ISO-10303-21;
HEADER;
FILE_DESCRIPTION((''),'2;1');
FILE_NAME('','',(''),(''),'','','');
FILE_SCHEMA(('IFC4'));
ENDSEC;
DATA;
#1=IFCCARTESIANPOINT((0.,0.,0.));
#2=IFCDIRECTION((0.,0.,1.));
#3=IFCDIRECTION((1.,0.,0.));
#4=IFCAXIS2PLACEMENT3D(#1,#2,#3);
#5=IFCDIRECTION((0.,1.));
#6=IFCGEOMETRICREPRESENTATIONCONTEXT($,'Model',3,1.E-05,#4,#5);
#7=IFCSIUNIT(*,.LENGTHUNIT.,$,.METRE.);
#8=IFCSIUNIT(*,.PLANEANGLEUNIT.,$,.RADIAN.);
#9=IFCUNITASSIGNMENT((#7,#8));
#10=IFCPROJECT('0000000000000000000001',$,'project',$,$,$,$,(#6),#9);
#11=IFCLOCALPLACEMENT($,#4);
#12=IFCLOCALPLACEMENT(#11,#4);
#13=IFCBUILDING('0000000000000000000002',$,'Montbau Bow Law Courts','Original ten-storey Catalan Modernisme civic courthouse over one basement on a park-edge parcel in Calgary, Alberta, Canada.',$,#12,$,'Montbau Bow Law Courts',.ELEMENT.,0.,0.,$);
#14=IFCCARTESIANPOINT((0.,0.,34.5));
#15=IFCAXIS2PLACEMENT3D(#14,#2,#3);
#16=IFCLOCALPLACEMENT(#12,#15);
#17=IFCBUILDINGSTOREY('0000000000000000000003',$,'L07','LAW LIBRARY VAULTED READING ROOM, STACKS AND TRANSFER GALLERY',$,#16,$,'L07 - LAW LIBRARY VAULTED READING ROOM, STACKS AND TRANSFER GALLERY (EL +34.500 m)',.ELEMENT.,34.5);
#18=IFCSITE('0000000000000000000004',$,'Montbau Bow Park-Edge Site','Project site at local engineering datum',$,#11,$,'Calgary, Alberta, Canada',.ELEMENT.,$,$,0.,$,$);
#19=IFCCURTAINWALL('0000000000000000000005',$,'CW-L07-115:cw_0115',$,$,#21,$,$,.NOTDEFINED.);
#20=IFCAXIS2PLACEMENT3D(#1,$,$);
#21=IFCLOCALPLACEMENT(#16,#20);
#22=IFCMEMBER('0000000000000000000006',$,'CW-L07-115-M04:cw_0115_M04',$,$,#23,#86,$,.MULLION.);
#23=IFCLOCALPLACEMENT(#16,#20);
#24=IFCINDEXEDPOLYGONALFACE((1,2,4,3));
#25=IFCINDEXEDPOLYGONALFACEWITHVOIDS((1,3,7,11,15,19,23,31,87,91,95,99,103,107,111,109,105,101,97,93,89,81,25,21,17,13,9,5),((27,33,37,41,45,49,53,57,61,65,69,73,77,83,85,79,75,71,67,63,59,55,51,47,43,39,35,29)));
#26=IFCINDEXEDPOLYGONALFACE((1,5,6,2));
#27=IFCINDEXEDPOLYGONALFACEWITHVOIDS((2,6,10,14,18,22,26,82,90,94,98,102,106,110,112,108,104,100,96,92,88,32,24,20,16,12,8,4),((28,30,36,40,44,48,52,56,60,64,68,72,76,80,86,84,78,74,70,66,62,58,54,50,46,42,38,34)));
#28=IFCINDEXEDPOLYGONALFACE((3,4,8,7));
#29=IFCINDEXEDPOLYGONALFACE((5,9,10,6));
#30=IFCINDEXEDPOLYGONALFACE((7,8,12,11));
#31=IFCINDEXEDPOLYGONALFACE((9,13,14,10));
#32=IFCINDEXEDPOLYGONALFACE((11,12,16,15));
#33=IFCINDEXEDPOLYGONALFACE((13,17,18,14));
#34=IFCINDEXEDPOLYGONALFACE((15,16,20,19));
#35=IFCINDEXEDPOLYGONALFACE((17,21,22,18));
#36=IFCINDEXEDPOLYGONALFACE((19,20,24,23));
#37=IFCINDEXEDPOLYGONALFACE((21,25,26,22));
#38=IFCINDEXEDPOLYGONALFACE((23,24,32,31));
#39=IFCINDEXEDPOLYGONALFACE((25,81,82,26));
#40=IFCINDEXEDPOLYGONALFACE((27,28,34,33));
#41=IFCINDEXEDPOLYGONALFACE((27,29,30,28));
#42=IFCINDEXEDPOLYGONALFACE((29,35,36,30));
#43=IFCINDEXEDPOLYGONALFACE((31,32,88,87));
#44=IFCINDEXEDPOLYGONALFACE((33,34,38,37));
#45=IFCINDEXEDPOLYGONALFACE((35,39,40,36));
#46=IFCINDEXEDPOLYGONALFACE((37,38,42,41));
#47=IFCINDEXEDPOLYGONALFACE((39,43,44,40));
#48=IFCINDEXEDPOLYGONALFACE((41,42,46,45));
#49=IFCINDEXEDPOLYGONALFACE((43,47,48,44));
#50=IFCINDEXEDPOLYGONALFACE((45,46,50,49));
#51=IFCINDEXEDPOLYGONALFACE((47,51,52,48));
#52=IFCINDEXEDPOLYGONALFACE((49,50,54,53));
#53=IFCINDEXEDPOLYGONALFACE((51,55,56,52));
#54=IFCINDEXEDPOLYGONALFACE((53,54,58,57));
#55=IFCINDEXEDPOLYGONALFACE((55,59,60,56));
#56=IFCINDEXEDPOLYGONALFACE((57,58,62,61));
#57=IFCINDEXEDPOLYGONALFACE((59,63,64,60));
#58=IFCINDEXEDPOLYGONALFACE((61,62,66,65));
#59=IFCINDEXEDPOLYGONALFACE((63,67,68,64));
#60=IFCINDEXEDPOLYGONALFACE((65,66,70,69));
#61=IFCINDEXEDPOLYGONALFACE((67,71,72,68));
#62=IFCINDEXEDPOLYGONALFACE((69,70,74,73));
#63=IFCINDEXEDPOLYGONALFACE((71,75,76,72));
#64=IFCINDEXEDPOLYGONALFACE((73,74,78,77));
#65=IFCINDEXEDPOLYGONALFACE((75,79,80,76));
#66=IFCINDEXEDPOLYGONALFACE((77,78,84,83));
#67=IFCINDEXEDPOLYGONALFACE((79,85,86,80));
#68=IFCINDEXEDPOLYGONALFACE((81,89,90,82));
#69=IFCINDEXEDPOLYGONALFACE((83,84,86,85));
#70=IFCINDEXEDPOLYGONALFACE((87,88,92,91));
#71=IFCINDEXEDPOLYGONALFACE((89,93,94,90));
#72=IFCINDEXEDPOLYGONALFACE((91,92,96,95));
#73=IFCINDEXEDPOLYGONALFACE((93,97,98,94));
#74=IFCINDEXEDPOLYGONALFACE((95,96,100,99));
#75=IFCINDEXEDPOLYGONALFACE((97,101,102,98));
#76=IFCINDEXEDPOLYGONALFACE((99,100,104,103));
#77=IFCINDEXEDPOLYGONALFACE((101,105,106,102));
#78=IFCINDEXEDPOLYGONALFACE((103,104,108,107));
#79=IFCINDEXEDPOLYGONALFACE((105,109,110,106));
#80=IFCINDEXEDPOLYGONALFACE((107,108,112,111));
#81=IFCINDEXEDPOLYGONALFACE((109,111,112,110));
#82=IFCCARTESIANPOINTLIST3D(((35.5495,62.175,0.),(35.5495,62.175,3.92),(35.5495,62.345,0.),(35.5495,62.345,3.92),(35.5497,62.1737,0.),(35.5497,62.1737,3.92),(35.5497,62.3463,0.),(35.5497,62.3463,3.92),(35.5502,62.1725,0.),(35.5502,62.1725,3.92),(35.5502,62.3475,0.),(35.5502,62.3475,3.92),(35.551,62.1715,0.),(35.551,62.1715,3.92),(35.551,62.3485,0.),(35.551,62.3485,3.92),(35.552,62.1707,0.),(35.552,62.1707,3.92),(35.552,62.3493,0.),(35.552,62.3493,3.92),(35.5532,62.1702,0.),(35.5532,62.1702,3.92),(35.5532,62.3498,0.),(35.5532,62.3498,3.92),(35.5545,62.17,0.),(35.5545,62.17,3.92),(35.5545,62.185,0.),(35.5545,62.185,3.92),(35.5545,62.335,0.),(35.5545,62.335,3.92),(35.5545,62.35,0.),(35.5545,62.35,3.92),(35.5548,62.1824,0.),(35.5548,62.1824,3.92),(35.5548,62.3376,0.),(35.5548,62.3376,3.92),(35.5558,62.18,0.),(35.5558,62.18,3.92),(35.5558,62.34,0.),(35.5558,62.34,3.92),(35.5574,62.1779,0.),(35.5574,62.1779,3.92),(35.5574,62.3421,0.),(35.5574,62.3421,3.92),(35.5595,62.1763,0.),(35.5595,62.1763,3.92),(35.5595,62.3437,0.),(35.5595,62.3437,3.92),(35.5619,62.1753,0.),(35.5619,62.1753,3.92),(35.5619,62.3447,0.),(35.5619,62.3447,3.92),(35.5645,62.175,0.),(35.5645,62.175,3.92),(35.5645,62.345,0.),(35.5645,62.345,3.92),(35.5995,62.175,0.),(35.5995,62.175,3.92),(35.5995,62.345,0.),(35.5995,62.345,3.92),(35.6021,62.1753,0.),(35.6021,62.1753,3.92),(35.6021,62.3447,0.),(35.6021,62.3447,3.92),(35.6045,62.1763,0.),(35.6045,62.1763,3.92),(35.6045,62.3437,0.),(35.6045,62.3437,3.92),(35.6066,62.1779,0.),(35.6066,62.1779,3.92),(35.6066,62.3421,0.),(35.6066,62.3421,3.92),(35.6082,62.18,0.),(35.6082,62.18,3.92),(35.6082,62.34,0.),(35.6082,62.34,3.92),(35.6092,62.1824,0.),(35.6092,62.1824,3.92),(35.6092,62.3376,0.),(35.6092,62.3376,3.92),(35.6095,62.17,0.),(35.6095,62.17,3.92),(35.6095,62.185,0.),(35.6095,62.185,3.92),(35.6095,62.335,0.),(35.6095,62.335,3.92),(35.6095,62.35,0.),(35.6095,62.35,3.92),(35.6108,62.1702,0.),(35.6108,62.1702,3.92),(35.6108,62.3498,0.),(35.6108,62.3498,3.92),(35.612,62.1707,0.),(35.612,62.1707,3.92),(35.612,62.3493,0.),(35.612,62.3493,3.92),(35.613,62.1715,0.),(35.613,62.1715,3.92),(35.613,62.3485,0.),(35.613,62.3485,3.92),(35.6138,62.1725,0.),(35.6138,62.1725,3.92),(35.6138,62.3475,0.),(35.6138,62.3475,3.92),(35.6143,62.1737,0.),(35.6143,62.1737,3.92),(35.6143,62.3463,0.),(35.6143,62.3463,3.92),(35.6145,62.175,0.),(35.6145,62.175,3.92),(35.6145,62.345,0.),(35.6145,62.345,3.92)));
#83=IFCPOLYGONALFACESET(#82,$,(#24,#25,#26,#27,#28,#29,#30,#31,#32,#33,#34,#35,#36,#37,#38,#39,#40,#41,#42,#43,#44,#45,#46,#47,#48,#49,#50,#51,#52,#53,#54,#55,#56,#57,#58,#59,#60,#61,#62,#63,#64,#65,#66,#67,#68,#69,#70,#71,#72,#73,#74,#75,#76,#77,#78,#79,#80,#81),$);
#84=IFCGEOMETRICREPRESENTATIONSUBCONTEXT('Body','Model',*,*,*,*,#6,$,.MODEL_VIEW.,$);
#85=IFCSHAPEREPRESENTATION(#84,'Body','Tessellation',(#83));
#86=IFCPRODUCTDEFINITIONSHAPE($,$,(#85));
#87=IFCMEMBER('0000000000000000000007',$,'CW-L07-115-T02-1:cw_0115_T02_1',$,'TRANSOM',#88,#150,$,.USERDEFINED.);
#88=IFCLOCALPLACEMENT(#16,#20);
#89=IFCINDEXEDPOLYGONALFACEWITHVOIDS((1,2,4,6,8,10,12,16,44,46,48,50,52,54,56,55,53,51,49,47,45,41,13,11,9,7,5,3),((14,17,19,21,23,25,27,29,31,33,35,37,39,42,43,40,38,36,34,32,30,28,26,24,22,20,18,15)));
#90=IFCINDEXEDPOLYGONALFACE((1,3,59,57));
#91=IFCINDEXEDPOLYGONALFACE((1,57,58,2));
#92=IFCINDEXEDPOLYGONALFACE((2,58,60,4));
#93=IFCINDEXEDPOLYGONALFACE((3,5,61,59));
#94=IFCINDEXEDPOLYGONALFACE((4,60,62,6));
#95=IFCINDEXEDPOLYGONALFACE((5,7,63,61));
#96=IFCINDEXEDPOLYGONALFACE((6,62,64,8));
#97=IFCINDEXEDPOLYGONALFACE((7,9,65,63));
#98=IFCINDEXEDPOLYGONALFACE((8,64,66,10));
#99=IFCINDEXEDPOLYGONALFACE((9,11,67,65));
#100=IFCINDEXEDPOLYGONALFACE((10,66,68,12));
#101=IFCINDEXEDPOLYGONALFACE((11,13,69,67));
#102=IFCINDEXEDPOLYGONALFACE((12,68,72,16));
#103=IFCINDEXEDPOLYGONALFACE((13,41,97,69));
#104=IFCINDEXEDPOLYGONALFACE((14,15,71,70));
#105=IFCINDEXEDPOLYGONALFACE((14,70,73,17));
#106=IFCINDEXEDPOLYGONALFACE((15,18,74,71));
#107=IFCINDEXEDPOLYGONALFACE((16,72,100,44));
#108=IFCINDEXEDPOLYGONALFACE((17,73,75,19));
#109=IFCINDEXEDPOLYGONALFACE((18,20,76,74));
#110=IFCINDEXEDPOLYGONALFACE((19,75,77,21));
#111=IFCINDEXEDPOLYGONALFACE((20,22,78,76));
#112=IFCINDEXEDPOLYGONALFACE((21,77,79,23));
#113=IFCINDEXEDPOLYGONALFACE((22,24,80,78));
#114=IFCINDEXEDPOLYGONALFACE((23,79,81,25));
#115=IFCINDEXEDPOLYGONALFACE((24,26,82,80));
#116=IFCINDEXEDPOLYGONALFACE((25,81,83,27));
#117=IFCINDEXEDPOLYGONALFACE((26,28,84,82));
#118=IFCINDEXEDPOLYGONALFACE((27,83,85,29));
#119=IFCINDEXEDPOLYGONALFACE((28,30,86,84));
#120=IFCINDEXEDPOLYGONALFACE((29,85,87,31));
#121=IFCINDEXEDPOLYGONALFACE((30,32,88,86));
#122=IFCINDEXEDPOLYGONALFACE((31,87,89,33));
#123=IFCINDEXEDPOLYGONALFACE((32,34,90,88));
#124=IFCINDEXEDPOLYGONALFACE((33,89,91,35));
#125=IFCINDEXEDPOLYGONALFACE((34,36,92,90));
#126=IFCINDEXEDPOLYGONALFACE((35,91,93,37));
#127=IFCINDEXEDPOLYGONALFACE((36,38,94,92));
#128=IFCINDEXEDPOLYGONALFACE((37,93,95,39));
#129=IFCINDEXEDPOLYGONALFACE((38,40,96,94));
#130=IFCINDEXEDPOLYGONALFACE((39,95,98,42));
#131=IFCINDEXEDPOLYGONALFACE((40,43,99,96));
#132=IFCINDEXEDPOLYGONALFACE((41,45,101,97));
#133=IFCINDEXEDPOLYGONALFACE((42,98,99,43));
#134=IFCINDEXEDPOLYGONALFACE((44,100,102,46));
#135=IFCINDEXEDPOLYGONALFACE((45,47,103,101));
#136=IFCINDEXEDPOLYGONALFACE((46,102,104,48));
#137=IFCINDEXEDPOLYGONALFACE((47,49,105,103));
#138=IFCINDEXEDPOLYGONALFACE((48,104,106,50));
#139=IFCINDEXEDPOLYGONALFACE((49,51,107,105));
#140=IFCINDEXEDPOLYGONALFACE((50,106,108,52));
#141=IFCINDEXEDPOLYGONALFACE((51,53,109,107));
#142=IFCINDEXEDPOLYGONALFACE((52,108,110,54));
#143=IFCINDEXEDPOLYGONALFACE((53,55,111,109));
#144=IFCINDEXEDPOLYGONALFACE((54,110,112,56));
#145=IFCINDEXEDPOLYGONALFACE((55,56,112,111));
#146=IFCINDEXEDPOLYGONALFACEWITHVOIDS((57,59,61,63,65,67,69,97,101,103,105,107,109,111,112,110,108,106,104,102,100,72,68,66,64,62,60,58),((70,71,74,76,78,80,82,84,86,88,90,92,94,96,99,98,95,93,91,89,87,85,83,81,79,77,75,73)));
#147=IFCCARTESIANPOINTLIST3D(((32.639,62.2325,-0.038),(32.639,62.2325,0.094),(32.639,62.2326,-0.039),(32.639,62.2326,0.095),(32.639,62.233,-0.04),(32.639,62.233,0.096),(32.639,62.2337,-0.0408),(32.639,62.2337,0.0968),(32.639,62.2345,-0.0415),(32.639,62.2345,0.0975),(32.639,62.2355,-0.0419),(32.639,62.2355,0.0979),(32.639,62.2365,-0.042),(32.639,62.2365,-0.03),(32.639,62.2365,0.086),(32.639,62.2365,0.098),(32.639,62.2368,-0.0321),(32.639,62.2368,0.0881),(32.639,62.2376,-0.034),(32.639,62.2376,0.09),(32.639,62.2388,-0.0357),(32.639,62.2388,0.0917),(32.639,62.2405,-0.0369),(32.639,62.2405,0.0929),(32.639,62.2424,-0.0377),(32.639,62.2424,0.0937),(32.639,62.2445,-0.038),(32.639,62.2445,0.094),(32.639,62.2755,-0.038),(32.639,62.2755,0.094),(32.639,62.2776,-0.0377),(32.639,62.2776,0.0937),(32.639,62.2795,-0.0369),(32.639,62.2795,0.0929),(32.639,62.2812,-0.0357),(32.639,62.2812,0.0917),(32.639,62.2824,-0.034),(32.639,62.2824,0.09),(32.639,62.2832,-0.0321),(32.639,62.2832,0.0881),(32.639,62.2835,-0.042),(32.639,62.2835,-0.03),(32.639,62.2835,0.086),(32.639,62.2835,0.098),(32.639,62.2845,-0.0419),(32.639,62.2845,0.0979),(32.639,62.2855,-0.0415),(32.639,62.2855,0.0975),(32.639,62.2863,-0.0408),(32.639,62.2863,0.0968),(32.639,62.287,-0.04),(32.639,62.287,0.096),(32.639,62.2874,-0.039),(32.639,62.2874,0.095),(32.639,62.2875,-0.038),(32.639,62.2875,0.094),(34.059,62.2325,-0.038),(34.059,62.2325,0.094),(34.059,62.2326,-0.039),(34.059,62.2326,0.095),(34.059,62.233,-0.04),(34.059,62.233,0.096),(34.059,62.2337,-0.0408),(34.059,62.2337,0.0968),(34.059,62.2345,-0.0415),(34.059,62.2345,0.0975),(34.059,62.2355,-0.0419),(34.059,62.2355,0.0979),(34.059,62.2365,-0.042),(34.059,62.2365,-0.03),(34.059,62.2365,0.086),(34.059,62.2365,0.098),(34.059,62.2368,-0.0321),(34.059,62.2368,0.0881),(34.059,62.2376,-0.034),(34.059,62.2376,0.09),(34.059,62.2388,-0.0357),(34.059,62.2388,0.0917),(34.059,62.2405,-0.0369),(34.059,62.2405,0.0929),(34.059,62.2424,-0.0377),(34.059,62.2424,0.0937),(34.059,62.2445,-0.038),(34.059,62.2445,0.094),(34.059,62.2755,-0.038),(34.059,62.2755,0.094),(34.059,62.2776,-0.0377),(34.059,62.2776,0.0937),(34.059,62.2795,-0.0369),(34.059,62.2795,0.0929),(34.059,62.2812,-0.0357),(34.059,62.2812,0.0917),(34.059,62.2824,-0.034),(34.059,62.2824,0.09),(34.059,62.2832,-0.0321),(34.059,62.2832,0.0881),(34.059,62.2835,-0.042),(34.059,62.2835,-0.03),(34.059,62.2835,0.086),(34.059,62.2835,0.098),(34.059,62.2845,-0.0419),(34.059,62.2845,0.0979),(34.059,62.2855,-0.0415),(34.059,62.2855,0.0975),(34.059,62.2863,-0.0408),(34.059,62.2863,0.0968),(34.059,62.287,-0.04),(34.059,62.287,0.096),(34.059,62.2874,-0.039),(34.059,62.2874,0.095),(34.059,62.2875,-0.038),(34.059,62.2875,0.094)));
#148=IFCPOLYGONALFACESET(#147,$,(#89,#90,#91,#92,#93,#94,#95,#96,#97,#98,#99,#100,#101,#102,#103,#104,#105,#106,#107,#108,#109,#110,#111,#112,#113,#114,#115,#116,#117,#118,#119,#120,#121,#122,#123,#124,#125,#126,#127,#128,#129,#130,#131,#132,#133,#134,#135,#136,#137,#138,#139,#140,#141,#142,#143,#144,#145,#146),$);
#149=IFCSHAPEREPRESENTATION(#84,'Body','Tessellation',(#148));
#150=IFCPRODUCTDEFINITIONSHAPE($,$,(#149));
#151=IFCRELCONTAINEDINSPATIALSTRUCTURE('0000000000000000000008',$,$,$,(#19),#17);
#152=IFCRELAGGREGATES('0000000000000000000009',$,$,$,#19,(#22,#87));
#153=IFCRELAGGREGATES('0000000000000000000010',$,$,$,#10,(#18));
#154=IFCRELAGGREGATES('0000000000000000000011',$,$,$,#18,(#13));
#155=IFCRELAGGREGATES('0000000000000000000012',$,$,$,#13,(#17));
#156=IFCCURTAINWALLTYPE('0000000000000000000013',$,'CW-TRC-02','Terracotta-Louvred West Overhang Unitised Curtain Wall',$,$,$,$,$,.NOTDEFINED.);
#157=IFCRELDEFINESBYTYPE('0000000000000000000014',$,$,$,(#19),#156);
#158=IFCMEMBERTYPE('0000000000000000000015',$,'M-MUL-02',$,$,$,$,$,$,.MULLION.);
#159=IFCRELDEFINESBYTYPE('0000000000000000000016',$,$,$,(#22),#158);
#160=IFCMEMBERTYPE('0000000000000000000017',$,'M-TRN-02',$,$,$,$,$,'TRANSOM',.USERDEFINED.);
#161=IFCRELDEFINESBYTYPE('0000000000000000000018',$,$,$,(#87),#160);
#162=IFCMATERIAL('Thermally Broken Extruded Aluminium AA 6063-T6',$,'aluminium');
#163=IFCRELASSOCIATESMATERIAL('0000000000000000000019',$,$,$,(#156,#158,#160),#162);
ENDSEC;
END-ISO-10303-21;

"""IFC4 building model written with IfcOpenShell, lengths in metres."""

from ifc_helpers import new_model, si_unit, direction, frame, origin_with_axes, origin_2d_with_axis, place, context, subcontext, project, spatial, hollow_rectangle, extrude, material, material_profile, profile_set, type_object, element, aggregate, save


model = new_model("IFC4")

# Units and contexts
model_context = context("Model", 3, precision=1e-05, world=origin_with_axes(), true_north=direction((0.0, 1.0)))
body_context = subcontext(model_context, "Body", "Model", "MODEL_VIEW")
ifc_project = project(units=[si_unit("LENGTHUNIT", "METRE"), si_unit("PLANEANGLEUNIT", "RADIAN")], contexts=[model_context])

# Site, building, storey
site_placement = place(None, origin_with_axes())
site = spatial("IfcSite", under=ifc_project, at=site_placement, Name="Montbau Bow Park-Edge Site", Description="Project site at local engineering datum", LongName="Calgary, Alberta, Canada", CompositionType="ELEMENT", RefElevation=0.0)
building_placement = place(site_placement, origin_with_axes())
building = spatial("IfcBuilding", under=site, at=building_placement, Name="Montbau Bow Law Courts", Description="Original ten-storey Catalan Modernisme civic courthouse over one basement on a park-edge parcel in Calgary, Alberta, Canada.", LongName="Montbau Bow Law Courts", CompositionType="ELEMENT", ElevationOfRefHeight=0.0, ElevationOfTerrain=0.0)
storey_placement = place(building_placement, frame((0.0, 0.0, 34.5), z_axis=(0.0, 0.0, 1.0), x_axis=(1.0, 0.0, 0.0)))
storey = spatial("IfcBuildingStorey", under=building, at=storey_placement, Name="L07", Description="LAW LIBRARY VAULTED READING ROOM, STACKS AND TRANSFER GALLERY", LongName="L07 - LAW LIBRARY VAULTED READING ROOM, STACKS AND TRANSFER GALLERY (EL +34.500 m)", CompositionType="ELEMENT", Elevation=34.5)

# Curtain wall, members
ifc_material_1 = material(Name="Thermally Broken Extruded Aluminium AA 6063-T6", Category="aluminium")
curtain_wall_type = type_object("IfcCurtainWallType", Name="CW-TRC-02", Description="Terracotta-Louvred West Overhang Unitised Curtain Wall", PredefinedType="NOTDEFINED", material=ifc_material_1)
curtain_wall_placement = place(None, frame((31.115, 62.26, 34.5), z_axis=(0.0, 0.0, 1.0), x_axis=(1.0, 0.0, 0.0)))
curtain_wall = element("IfcCurtainWall", 1, at=curtain_wall_placement, inside=storey, type_object=curtain_wall_type, Name="CW-L07-115:cw_0115", PredefinedType="NOTDEFINED")
ifc_material_profile_1 = material_profile(ifc_material_1, hollow_rectangle(XDim=0.065, YDim=0.18, WallThickness=0.005, InnerFilletRadius=0.01, OuterFilletRadius=0.005, at=origin_2d_with_axis()), Name="CWM-180X65", Category="Main", Priority=0)
ifc_profile_set_1 = profile_set([ifc_material_profile_1], Name="Thermally Broken Extruded Aluminium AA 6063-T6")
member_type_1 = type_object("IfcMemberType", Name="M-MUL-02", PredefinedType="MULLION", material=ifc_profile_set_1)
member_1_placement = place(None, frame((35.582, 62.26, 34.5), z_axis=(0.0, 0.0, 1.0), x_axis=(1.0, 0.0, 0.0)))
member_1 = element("IfcMember", 2, at=member_1_placement, type_object=member_type_1, Name="CW-L07-115-M04:cw_0115_M04", PredefinedType="MULLION", context=body_context, shape_type="SweptSolid", body=[
    extrude(hollow_rectangle(XDim=0.065, YDim=0.18, WallThickness=0.005, InnerFilletRadius=0.01, OuterFilletRadius=0.005, at=origin_2d_with_axis()), origin_with_axes(), (0.0, 0.0, 1.0), 3.92),
])
ifc_material_profile_2 = material_profile(ifc_material_1, hollow_rectangle(XDim=0.055, YDim=0.14, WallThickness=0.004, InnerFilletRadius=0.008, OuterFilletRadius=0.004, at=origin_2d_with_axis()), Name="CWT-140X55", Category="Main", Priority=0)
ifc_profile_set_2 = profile_set([ifc_material_profile_2], Name="Thermally Broken Extruded Aluminium AA 6063-T6")
member_type_2 = type_object("IfcMemberType", Name="M-TRN-02", ElementType="TRANSOM", PredefinedType="USERDEFINED", material=ifc_profile_set_2)
member_2_placement = place(None, frame((32.639, 62.26, 34.528), z_axis=(1.0, 0.0, 0.0), x_axis=(0.0, 1.0, 0.0)))
member_2 = element("IfcMember", 3, at=member_2_placement, type_object=member_type_2, Name="CW-L07-115-T02-1:cw_0115_T02_1", ObjectType="TRANSOM", PredefinedType="USERDEFINED", context=body_context, shape_type="SweptSolid", body=[
    extrude(hollow_rectangle(XDim=0.055, YDim=0.14, WallThickness=0.004, InnerFilletRadius=0.008, OuterFilletRadius=0.004, at=origin_2d_with_axis()), origin_with_axes(), (0.0, 0.0, 1.0), 1.42),
])
aggregate(curtain_wall, [member_1, member_2])

save(model, "model.ifc")
